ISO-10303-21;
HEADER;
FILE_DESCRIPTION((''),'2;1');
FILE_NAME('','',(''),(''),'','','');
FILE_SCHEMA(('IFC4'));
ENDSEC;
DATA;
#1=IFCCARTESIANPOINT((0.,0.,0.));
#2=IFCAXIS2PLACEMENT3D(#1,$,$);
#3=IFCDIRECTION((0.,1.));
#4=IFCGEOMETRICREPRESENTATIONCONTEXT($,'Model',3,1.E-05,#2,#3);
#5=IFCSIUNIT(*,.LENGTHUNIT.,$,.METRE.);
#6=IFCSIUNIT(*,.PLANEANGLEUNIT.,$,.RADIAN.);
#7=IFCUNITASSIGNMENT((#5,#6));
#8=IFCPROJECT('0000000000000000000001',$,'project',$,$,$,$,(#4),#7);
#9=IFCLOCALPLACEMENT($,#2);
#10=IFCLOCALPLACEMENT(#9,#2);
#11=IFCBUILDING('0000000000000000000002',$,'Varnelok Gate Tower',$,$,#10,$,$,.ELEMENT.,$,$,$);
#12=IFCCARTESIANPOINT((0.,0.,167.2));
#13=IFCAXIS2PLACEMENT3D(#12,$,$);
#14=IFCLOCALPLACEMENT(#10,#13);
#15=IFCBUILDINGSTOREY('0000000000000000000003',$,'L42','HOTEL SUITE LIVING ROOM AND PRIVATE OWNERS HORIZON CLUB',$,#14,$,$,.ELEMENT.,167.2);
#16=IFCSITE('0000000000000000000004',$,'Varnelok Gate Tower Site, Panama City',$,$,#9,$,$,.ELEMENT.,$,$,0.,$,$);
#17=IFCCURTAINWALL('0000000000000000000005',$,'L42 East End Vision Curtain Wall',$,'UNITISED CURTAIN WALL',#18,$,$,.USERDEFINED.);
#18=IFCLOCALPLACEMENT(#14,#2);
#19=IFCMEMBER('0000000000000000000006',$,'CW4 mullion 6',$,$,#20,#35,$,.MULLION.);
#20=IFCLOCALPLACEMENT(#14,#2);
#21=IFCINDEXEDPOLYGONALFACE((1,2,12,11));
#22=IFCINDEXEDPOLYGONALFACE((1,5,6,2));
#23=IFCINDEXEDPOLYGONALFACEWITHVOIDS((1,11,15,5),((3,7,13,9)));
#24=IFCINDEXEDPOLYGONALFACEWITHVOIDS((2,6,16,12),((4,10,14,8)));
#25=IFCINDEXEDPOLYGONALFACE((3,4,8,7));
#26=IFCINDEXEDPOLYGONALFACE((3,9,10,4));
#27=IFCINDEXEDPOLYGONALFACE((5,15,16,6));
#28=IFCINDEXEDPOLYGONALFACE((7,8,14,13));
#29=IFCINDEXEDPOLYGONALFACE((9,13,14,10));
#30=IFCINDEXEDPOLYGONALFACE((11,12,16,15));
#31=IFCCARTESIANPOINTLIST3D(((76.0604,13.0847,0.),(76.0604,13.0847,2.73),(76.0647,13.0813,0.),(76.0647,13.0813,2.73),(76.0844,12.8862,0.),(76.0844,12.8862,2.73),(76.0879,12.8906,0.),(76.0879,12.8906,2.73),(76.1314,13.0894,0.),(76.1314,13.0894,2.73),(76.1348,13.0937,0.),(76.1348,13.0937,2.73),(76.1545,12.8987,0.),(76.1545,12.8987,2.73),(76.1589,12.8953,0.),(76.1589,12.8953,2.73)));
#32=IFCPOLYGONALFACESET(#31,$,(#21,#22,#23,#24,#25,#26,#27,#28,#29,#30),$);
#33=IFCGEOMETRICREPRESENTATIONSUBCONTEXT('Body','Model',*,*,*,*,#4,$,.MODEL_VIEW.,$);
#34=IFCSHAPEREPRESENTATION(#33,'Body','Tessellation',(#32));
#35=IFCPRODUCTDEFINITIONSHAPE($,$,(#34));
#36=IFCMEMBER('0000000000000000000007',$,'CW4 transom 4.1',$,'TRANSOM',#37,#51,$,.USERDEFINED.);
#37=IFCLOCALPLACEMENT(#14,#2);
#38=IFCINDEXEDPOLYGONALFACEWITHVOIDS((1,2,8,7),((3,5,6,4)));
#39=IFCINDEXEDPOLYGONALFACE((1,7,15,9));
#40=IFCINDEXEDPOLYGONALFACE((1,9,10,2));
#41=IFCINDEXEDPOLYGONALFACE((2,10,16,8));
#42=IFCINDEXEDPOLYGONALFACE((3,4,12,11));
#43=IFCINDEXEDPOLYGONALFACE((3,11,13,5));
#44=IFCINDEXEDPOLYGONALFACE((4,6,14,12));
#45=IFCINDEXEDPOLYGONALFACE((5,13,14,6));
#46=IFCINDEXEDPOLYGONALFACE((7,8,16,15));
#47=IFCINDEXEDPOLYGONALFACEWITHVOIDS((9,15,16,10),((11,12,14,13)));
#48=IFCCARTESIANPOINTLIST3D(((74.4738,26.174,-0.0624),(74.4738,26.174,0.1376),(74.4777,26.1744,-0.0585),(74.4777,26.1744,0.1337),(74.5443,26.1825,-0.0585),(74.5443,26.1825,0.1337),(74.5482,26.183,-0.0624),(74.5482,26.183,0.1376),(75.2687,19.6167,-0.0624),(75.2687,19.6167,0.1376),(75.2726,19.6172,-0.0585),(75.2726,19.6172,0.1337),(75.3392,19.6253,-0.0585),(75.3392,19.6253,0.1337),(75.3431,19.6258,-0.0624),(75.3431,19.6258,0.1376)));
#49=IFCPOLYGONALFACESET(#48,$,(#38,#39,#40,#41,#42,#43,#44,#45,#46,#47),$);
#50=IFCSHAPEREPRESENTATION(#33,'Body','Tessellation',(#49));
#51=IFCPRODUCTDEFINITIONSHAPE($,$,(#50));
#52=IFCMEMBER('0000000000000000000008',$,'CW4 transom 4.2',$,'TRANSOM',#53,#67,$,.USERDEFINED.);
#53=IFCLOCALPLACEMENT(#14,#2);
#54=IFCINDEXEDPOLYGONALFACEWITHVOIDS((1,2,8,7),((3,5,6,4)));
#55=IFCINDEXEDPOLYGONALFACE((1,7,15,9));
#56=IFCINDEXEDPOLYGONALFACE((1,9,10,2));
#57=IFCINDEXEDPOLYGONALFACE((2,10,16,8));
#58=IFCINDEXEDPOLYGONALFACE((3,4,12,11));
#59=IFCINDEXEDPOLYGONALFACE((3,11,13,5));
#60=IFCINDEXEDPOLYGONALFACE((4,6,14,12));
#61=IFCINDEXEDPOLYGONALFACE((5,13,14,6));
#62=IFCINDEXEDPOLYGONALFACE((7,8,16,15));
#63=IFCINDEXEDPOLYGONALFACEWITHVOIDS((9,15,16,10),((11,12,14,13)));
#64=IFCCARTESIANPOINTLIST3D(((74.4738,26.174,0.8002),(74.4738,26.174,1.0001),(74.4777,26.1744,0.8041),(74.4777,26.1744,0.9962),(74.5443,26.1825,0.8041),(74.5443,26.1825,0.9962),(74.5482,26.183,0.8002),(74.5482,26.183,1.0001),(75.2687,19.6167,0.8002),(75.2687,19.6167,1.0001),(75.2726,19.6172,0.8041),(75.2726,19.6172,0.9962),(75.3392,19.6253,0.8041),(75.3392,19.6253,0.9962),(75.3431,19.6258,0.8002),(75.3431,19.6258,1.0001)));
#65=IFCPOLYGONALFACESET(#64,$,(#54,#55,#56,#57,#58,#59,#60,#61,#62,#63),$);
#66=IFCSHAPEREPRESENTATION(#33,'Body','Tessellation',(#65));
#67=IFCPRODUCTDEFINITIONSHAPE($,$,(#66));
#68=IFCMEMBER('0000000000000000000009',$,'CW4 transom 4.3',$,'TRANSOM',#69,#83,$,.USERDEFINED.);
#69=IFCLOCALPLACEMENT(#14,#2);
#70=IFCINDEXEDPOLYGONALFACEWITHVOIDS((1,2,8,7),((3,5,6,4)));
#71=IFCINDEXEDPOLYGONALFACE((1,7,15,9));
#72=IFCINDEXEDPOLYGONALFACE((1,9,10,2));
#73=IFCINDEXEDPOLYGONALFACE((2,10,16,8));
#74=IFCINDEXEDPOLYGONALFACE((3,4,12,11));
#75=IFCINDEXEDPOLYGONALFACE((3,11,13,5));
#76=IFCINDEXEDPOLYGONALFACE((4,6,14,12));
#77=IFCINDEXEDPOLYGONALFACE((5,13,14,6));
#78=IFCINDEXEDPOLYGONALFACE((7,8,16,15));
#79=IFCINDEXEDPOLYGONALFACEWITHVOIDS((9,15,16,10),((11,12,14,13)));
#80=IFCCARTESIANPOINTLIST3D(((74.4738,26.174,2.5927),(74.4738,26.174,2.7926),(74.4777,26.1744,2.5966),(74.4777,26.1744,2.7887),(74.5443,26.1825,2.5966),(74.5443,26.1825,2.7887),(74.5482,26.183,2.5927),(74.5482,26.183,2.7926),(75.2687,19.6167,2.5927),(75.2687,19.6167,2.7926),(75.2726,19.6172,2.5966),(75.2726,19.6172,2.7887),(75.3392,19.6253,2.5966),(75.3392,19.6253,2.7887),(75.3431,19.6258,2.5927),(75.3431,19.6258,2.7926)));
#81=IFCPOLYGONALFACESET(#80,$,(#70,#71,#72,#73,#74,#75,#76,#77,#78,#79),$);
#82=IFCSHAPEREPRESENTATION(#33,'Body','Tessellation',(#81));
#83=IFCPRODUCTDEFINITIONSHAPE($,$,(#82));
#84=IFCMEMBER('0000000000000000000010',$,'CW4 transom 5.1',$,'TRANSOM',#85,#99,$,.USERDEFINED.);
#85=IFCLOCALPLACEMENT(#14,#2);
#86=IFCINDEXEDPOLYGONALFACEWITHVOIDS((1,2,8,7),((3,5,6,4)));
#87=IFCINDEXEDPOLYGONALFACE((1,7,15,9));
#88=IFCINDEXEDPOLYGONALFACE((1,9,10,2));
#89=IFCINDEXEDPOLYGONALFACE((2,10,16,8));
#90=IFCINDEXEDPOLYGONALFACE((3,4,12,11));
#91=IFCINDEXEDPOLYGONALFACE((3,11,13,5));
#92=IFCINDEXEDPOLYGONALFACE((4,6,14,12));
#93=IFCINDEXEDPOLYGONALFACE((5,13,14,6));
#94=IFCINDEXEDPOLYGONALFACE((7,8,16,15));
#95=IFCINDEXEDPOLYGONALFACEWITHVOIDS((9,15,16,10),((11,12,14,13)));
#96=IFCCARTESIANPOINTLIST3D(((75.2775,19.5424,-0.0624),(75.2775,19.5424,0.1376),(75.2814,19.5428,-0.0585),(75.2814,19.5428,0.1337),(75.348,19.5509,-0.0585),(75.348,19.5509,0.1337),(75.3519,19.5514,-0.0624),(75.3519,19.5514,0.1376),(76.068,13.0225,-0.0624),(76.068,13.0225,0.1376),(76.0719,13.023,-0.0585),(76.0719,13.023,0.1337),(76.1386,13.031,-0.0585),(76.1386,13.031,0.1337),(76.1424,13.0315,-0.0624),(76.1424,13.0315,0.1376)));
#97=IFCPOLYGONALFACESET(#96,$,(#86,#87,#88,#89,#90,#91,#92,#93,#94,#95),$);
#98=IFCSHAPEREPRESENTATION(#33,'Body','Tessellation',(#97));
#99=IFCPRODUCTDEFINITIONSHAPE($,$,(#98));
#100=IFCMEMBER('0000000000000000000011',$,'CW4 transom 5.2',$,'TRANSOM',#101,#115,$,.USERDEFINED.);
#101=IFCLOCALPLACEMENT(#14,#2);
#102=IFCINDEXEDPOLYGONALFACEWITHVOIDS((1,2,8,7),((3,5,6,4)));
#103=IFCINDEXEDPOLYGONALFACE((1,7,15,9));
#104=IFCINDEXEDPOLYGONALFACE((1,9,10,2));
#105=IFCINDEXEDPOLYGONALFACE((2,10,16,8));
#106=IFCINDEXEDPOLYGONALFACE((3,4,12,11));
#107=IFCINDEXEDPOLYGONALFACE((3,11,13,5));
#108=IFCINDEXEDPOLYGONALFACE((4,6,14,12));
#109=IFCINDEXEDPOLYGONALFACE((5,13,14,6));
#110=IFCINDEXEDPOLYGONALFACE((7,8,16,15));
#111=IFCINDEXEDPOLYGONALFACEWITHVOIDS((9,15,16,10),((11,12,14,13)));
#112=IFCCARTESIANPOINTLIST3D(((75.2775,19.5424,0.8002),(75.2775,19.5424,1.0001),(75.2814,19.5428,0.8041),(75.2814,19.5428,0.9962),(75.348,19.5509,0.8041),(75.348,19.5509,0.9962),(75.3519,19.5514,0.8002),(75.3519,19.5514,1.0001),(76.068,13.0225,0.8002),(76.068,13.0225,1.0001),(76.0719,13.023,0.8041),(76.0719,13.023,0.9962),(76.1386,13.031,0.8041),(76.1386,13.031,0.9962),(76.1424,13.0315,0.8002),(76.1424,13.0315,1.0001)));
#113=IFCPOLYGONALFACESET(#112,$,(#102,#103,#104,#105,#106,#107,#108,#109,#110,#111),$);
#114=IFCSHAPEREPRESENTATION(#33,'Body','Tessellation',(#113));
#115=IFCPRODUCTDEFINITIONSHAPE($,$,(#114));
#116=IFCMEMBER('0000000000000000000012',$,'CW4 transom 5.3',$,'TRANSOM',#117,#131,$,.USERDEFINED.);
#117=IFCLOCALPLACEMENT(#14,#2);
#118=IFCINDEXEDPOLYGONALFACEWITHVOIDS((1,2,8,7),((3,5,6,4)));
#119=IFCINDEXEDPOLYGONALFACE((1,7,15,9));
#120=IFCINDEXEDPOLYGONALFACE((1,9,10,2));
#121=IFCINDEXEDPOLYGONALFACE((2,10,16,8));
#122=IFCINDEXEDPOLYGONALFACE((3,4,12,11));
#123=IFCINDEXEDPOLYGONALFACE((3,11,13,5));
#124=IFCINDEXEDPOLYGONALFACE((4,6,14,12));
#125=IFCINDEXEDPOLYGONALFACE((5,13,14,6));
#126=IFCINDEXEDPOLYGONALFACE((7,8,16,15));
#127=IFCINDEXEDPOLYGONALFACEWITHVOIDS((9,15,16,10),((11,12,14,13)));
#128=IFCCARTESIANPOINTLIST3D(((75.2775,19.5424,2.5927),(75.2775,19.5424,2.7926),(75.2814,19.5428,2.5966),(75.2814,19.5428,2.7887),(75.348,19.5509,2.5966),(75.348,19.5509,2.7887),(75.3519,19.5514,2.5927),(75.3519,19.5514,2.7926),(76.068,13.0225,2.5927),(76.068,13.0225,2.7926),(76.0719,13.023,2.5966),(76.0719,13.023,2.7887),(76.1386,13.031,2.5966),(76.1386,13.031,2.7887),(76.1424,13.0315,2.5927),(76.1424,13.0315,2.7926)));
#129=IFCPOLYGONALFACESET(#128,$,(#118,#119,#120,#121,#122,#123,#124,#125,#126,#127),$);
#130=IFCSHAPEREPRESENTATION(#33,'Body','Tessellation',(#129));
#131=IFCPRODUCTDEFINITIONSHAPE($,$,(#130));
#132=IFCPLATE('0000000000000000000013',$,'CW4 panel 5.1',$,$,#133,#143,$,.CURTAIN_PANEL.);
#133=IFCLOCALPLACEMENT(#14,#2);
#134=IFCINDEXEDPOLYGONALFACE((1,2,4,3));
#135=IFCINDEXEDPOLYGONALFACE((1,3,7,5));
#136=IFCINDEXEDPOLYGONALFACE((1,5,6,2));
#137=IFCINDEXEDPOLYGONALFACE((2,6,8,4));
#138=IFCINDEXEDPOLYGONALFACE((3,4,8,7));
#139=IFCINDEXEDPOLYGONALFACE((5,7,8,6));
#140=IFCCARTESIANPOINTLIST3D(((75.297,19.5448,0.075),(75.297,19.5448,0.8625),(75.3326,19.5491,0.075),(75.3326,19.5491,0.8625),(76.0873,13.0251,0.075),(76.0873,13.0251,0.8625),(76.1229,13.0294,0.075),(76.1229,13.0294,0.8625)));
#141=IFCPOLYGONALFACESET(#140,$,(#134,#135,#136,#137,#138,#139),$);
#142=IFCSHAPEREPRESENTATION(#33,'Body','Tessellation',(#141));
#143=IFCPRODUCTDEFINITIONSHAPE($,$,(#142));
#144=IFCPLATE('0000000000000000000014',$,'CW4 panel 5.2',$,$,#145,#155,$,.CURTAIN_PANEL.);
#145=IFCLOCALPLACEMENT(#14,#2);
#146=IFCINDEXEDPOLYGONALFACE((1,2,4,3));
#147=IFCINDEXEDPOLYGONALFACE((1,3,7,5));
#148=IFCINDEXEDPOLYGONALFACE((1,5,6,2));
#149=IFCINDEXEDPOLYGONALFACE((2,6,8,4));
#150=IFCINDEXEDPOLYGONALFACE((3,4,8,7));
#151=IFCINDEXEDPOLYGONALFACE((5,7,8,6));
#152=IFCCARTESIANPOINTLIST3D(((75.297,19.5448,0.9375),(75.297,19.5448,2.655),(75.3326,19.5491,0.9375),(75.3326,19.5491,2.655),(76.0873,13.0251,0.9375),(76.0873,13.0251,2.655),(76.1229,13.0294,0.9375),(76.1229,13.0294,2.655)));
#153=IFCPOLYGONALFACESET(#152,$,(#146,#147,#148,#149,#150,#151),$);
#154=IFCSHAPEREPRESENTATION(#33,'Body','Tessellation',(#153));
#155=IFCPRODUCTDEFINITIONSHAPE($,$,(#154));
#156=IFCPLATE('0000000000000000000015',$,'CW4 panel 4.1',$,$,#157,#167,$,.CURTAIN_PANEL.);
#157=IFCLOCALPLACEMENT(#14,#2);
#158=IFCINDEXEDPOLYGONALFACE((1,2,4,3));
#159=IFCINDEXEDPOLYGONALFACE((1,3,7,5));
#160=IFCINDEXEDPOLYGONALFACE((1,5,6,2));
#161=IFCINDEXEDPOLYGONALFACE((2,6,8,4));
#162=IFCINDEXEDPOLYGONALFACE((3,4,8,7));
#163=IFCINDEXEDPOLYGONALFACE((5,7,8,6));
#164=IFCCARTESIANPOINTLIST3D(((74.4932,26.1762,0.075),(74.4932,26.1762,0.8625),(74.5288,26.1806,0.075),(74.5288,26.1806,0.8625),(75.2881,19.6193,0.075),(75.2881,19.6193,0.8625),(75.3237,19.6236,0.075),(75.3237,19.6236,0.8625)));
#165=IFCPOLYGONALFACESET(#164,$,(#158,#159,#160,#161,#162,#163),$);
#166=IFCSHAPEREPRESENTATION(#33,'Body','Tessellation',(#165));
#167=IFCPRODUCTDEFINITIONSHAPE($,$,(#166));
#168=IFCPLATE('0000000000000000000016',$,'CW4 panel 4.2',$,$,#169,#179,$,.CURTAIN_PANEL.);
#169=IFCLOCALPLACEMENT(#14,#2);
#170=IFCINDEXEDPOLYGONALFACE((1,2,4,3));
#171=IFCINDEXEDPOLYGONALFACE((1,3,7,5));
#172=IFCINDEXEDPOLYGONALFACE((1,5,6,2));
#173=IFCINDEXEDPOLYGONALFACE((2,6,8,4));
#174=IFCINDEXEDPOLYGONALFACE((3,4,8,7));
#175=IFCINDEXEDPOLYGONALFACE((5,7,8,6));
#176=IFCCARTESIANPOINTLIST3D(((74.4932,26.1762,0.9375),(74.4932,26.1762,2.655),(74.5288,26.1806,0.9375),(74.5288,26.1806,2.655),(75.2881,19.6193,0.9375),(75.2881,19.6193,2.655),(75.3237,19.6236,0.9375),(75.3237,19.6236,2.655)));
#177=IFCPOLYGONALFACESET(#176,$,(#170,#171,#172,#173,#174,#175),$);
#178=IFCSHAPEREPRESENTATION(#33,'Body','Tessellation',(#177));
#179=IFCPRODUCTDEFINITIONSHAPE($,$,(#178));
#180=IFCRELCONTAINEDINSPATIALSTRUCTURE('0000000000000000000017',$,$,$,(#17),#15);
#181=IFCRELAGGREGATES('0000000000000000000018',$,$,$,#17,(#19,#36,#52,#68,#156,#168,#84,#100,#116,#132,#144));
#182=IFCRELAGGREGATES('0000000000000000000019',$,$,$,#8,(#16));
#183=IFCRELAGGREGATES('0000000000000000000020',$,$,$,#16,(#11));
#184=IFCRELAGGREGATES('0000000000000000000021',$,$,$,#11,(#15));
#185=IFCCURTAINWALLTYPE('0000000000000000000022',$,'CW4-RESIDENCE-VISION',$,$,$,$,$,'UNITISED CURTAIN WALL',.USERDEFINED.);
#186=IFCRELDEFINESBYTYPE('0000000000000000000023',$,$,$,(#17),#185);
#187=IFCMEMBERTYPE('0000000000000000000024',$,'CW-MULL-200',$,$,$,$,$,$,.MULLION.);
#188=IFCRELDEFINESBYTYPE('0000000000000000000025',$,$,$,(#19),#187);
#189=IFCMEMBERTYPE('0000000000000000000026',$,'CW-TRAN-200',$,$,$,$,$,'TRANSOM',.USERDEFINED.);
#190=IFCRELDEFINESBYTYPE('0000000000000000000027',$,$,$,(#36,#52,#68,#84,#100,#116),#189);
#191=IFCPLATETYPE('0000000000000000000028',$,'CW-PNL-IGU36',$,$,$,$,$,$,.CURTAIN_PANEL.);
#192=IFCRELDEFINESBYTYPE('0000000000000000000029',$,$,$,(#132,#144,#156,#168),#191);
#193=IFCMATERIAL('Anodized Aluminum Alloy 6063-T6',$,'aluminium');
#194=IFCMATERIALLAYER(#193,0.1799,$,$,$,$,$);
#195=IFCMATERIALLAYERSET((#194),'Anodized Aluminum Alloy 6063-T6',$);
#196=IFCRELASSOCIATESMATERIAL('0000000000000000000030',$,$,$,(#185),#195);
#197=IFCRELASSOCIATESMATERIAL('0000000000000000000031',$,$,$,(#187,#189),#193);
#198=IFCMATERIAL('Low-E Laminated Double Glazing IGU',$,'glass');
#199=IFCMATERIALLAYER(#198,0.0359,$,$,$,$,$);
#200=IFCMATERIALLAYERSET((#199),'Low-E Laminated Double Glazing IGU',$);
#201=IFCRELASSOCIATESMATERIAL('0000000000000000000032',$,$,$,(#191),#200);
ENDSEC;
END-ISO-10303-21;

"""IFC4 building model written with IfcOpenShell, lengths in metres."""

from ifc_helpers import new_model, si_unit, direction, frame, origin, origin_2d, place, context, subcontext, project, spatial, rectangle, hollow_rectangle, extrude, source, transform, mapped, material, layer, layer_set, material_profile, profile_set, type_object, element, aggregate, save


model = new_model("IFC4")

# Units and contexts
model_context = context("Model", 3, precision=1e-05, world=origin(), true_north=direction((0.0, 1.0)))
body_context = subcontext(model_context, "Body", "Model", "MODEL_VIEW")
ifc_project = project(units=[si_unit("LENGTHUNIT", "METRE"), si_unit("PLANEANGLEUNIT", "RADIAN")], contexts=[model_context])

# Site, building, storey
site_placement = place(None, origin())
site = spatial("IfcSite", under=ifc_project, at=site_placement, Name="Varnelok Gate Tower Site, Panama City", CompositionType="ELEMENT", RefElevation=0.0)
building_placement = place(site_placement, origin())
building = spatial("IfcBuilding", under=site, at=building_placement, Name="Varnelok Gate Tower", CompositionType="ELEMENT")
storey_placement = place(building_placement, frame((0.0, 0.0, 167.2)))
storey = spatial("IfcBuildingStorey", under=building, at=storey_placement, Name="L42", Description="HOTEL SUITE LIVING ROOM AND PRIVATE OWNERS HORIZON CLUB", CompositionType="ELEMENT", Elevation=167.2)

# Shared definitions
ifc_material_1 = material(Name="Anodized Aluminum Alloy 6063-T6", Category="aluminium")

# Curtain wall, members, plates
ifc_layer_1 = layer(ifc_material_1, 0.1799)
ifc_layer_set_1 = layer_set([ifc_layer_1], Name="Anodized Aluminum Alloy 6063-T6")
curtain_wall_type_1 = type_object("IfcCurtainWallType", Name="CW4-RESIDENCE-VISION", ElementType="UNITISED CURTAIN WALL", PredefinedType="USERDEFINED", material=ifc_layer_set_1)
curtain_wall_1_placement = place(storey_placement, origin())
curtain_wall_1 = element("IfcCurtainWall", 1, at=curtain_wall_1_placement, inside=storey, type_object=curtain_wall_type_1, Name="L42 East End Vision Curtain Wall", ObjectType="UNITISED CURTAIN WALL", PredefinedType="USERDEFINED")
ifc_material_profile_1 = material_profile(ifc_material_1, hollow_rectangle(XDim=0.075, YDim=0.2, WallThickness=0.0039, at=origin_2d()), Name="ALU200X75X4")
ifc_profile_set_1 = profile_set([ifc_material_profile_1], Name="Anodized Aluminum Alloy 6063-T6")
member_type_1 = type_object("IfcMemberType", Name="CW-MULL-200", PredefinedType="MULLION", material=ifc_profile_set_1)
member_1_placement = place(storey_placement, frame((76.1096, 12.99, 0.0), z_axis=(0.0, 0.0, 1.0), x_axis=(0.992732, 0.120345, 0.0)))
member_1 = element("IfcMember", 2, at=member_1_placement, type_object=member_type_1, Name="CW4 mullion 6", PredefinedType="MULLION", context=body_context, shape_type="SweptSolid", body=[
    extrude(hollow_rectangle(XDim=0.075, YDim=0.2, WallThickness=0.0039, at=origin_2d()), origin(), (0.0, 0.0, 1.0), 2.73),
])
ifc_material_profile_2 = material_profile(ifc_material_1, hollow_rectangle(XDim=0.075, YDim=0.2, WallThickness=0.0039, at=origin_2d()), Name="ALU200X75X4")
ifc_profile_set_2 = profile_set([ifc_material_profile_2], Name="Anodized Aluminum Alloy 6063-T6")
member_type_2 = type_object("IfcMemberType", Name="CW-TRAN-200", ElementType="TRANSOM", PredefinedType="USERDEFINED", material=ifc_profile_set_2)
member_2_placement = place(storey_placement, frame((74.511, 26.1785, 0.0376), z_axis=(0.120349, -0.992732, 0.0), x_axis=(0.992732, 0.120349, 0.0)))
member_2 = element("IfcMember", 3, at=member_2_placement, type_object=member_type_2, Name="CW4 transom 4.1", ObjectType="TRANSOM", PredefinedType="USERDEFINED", context=body_context, shape_type="SweptSolid", body=[
    extrude(hollow_rectangle(XDim=0.075, YDim=0.2, WallThickness=0.0039, at=origin_2d()), origin(), (0.0, 0.0, 1.0), 6.6052),
])
member_3_placement = place(storey_placement, frame((74.511, 26.1785, 0.9001), z_axis=(0.120349, -0.992732, 0.0), x_axis=(0.992732, 0.120349, 0.0)))
member_3 = element("IfcMember", 4, at=member_3_placement, type_object=member_type_2, Name="CW4 transom 4.2", ObjectType="TRANSOM", PredefinedType="USERDEFINED", context=body_context, shape_type="SweptSolid", body=[
    extrude(hollow_rectangle(XDim=0.075, YDim=0.2, WallThickness=0.0039, at=origin_2d()), origin(), (0.0, 0.0, 1.0), 6.6052),
])
member_4_placement = place(storey_placement, frame((74.511, 26.1785, 2.6926), z_axis=(0.120349, -0.992732, 0.0), x_axis=(0.992732, 0.120349, 0.0)))
member_4 = element("IfcMember", 5, at=member_4_placement, type_object=member_type_2, Name="CW4 transom 4.3", ObjectType="TRANSOM", PredefinedType="USERDEFINED", context=body_context, shape_type="SweptSolid", body=[
    extrude(hollow_rectangle(XDim=0.075, YDim=0.2, WallThickness=0.0039, at=origin_2d()), origin(), (0.0, 0.0, 1.0), 6.6052),
])
member_5_placement = place(storey_placement, frame((75.3147, 19.5469, 0.0376), z_axis=(0.120369, -0.992729, 0.0), x_axis=(0.992729, 0.120369, 0.0)))
member_5 = element("IfcMember", 6, at=member_5_placement, type_object=member_type_2, Name="CW4 transom 5.1", ObjectType="TRANSOM", PredefinedType="USERDEFINED", context=body_context, shape_type="SweptSolid", body=[
    extrude(hollow_rectangle(XDim=0.075, YDim=0.2, WallThickness=0.0039, at=origin_2d()), origin(), (0.0, 0.0, 1.0), 6.5676),
])
member_6_placement = place(storey_placement, frame((75.3147, 19.5469, 0.9001), z_axis=(0.120369, -0.992729, 0.0), x_axis=(0.992729, 0.120369, 0.0)))
member_6 = element("IfcMember", 7, at=member_6_placement, type_object=member_type_2, Name="CW4 transom 5.2", ObjectType="TRANSOM", PredefinedType="USERDEFINED", context=body_context, shape_type="SweptSolid", body=[
    extrude(hollow_rectangle(XDim=0.075, YDim=0.2, WallThickness=0.0039, at=origin_2d()), origin(), (0.0, 0.0, 1.0), 6.5676),
])
member_7_placement = place(storey_placement, frame((75.3147, 19.5469, 2.6926), z_axis=(0.120369, -0.992729, 0.0), x_axis=(0.992729, 0.120369, 0.0)))
member_7 = element("IfcMember", 8, at=member_7_placement, type_object=member_type_2, Name="CW4 transom 5.3", ObjectType="TRANSOM", PredefinedType="USERDEFINED", context=body_context, shape_type="SweptSolid", body=[
    extrude(hollow_rectangle(XDim=0.075, YDim=0.2, WallThickness=0.0039, at=origin_2d()), origin(), (0.0, 0.0, 1.0), 6.5676),
])
ifc_material_2 = material(Name="Low-E Laminated Double Glazing IGU", Category="glass")
ifc_layer_2 = layer(ifc_material_2, 0.0359)
ifc_layer_set_2 = layer_set([ifc_layer_2], Name="Low-E Laminated Double Glazing IGU")
plate_type_1 = type_object("IfcPlateType", Name="CW-PNL-IGU36", PredefinedType="CURTAIN_PANEL", material=ifc_layer_set_2)
shared_shape_1 = source(origin(), body_context, "Body", "SweptSolid", [
    extrude(rectangle(XDim=6.5674, YDim=0.0359, at=origin_2d()), origin(), (0.0, 0.0, 1.0), 0.7876),
])
plate_1_placement = place(storey_placement, frame((75.71, 16.2871, 0.075), z_axis=(0.0, 0.0, 1.0), x_axis=(0.120345, -0.992732, 0.0)))
plate_1 = element("IfcPlate", 9, at=plate_1_placement, type_object=plate_type_1, Name="CW4 panel 5.1", PredefinedType="CURTAIN_PANEL", context=body_context, shape_type="MappedRepresentation", body=[
    mapped(shared_shape_1, transform((0.0, 0.0, 0.0), scale=1.0)),
])
shared_shape_2 = source(origin(), body_context, "Body", "SweptSolid", [
    extrude(rectangle(XDim=6.5674, YDim=0.0359, at=origin_2d()), origin(), (0.0, 0.0, 1.0), 1.7175),
])
plate_2_placement = place(storey_placement, frame((75.71, 16.2871, 0.9375), z_axis=(0.0, 0.0, 1.0), x_axis=(0.120345, -0.992732, 0.0)))
plate_2 = element("IfcPlate", 10, at=plate_2_placement, type_object=plate_type_1, Name="CW4 panel 5.2", PredefinedType="CURTAIN_PANEL", context=body_context, shape_type="MappedRepresentation", body=[
    mapped(shared_shape_2, transform((0.0, 0.0, 0.0), scale=1.0)),
])
shared_shape_3 = source(origin(), body_context, "Body", "SweptSolid", [
    extrude(rectangle(XDim=6.605, YDim=0.0359, at=origin_2d()), origin(), (0.0, 0.0, 1.0), 0.7876),
])
plate_3_placement = place(storey_placement, frame((74.9084, 22.8999, 0.075), z_axis=(0.0, 0.0, 1.0), x_axis=(0.120345, -0.992732, 0.0)))
plate_3 = element("IfcPlate", 11, at=plate_3_placement, type_object=plate_type_1, Name="CW4 panel 4.1", PredefinedType="CURTAIN_PANEL", context=body_context, shape_type="MappedRepresentation", body=[
    mapped(shared_shape_3, transform((0.0, 0.0, 0.0), scale=1.0)),
])
shared_shape_4 = source(origin(), body_context, "Body", "SweptSolid", [
    extrude(rectangle(XDim=6.605, YDim=0.0359, at=origin_2d()), origin(), (0.0, 0.0, 1.0), 1.7175),
])
plate_4_placement = place(storey_placement, frame((74.9084, 22.8999, 0.9375), z_axis=(0.0, 0.0, 1.0), x_axis=(0.120345, -0.992732, 0.0)))
plate_4 = element("IfcPlate", 12, at=plate_4_placement, type_object=plate_type_1, Name="CW4 panel 4.2", PredefinedType="CURTAIN_PANEL", context=body_context, shape_type="MappedRepresentation", body=[
    mapped(shared_shape_4, transform((0.0, 0.0, 0.0), scale=1.0)),
])
aggregate(curtain_wall_1, [member_1, member_2, member_3, member_4, plate_3, plate_4, member_5, member_6, member_7, plate_1, plate_2])

save(model, "model.ifc")
